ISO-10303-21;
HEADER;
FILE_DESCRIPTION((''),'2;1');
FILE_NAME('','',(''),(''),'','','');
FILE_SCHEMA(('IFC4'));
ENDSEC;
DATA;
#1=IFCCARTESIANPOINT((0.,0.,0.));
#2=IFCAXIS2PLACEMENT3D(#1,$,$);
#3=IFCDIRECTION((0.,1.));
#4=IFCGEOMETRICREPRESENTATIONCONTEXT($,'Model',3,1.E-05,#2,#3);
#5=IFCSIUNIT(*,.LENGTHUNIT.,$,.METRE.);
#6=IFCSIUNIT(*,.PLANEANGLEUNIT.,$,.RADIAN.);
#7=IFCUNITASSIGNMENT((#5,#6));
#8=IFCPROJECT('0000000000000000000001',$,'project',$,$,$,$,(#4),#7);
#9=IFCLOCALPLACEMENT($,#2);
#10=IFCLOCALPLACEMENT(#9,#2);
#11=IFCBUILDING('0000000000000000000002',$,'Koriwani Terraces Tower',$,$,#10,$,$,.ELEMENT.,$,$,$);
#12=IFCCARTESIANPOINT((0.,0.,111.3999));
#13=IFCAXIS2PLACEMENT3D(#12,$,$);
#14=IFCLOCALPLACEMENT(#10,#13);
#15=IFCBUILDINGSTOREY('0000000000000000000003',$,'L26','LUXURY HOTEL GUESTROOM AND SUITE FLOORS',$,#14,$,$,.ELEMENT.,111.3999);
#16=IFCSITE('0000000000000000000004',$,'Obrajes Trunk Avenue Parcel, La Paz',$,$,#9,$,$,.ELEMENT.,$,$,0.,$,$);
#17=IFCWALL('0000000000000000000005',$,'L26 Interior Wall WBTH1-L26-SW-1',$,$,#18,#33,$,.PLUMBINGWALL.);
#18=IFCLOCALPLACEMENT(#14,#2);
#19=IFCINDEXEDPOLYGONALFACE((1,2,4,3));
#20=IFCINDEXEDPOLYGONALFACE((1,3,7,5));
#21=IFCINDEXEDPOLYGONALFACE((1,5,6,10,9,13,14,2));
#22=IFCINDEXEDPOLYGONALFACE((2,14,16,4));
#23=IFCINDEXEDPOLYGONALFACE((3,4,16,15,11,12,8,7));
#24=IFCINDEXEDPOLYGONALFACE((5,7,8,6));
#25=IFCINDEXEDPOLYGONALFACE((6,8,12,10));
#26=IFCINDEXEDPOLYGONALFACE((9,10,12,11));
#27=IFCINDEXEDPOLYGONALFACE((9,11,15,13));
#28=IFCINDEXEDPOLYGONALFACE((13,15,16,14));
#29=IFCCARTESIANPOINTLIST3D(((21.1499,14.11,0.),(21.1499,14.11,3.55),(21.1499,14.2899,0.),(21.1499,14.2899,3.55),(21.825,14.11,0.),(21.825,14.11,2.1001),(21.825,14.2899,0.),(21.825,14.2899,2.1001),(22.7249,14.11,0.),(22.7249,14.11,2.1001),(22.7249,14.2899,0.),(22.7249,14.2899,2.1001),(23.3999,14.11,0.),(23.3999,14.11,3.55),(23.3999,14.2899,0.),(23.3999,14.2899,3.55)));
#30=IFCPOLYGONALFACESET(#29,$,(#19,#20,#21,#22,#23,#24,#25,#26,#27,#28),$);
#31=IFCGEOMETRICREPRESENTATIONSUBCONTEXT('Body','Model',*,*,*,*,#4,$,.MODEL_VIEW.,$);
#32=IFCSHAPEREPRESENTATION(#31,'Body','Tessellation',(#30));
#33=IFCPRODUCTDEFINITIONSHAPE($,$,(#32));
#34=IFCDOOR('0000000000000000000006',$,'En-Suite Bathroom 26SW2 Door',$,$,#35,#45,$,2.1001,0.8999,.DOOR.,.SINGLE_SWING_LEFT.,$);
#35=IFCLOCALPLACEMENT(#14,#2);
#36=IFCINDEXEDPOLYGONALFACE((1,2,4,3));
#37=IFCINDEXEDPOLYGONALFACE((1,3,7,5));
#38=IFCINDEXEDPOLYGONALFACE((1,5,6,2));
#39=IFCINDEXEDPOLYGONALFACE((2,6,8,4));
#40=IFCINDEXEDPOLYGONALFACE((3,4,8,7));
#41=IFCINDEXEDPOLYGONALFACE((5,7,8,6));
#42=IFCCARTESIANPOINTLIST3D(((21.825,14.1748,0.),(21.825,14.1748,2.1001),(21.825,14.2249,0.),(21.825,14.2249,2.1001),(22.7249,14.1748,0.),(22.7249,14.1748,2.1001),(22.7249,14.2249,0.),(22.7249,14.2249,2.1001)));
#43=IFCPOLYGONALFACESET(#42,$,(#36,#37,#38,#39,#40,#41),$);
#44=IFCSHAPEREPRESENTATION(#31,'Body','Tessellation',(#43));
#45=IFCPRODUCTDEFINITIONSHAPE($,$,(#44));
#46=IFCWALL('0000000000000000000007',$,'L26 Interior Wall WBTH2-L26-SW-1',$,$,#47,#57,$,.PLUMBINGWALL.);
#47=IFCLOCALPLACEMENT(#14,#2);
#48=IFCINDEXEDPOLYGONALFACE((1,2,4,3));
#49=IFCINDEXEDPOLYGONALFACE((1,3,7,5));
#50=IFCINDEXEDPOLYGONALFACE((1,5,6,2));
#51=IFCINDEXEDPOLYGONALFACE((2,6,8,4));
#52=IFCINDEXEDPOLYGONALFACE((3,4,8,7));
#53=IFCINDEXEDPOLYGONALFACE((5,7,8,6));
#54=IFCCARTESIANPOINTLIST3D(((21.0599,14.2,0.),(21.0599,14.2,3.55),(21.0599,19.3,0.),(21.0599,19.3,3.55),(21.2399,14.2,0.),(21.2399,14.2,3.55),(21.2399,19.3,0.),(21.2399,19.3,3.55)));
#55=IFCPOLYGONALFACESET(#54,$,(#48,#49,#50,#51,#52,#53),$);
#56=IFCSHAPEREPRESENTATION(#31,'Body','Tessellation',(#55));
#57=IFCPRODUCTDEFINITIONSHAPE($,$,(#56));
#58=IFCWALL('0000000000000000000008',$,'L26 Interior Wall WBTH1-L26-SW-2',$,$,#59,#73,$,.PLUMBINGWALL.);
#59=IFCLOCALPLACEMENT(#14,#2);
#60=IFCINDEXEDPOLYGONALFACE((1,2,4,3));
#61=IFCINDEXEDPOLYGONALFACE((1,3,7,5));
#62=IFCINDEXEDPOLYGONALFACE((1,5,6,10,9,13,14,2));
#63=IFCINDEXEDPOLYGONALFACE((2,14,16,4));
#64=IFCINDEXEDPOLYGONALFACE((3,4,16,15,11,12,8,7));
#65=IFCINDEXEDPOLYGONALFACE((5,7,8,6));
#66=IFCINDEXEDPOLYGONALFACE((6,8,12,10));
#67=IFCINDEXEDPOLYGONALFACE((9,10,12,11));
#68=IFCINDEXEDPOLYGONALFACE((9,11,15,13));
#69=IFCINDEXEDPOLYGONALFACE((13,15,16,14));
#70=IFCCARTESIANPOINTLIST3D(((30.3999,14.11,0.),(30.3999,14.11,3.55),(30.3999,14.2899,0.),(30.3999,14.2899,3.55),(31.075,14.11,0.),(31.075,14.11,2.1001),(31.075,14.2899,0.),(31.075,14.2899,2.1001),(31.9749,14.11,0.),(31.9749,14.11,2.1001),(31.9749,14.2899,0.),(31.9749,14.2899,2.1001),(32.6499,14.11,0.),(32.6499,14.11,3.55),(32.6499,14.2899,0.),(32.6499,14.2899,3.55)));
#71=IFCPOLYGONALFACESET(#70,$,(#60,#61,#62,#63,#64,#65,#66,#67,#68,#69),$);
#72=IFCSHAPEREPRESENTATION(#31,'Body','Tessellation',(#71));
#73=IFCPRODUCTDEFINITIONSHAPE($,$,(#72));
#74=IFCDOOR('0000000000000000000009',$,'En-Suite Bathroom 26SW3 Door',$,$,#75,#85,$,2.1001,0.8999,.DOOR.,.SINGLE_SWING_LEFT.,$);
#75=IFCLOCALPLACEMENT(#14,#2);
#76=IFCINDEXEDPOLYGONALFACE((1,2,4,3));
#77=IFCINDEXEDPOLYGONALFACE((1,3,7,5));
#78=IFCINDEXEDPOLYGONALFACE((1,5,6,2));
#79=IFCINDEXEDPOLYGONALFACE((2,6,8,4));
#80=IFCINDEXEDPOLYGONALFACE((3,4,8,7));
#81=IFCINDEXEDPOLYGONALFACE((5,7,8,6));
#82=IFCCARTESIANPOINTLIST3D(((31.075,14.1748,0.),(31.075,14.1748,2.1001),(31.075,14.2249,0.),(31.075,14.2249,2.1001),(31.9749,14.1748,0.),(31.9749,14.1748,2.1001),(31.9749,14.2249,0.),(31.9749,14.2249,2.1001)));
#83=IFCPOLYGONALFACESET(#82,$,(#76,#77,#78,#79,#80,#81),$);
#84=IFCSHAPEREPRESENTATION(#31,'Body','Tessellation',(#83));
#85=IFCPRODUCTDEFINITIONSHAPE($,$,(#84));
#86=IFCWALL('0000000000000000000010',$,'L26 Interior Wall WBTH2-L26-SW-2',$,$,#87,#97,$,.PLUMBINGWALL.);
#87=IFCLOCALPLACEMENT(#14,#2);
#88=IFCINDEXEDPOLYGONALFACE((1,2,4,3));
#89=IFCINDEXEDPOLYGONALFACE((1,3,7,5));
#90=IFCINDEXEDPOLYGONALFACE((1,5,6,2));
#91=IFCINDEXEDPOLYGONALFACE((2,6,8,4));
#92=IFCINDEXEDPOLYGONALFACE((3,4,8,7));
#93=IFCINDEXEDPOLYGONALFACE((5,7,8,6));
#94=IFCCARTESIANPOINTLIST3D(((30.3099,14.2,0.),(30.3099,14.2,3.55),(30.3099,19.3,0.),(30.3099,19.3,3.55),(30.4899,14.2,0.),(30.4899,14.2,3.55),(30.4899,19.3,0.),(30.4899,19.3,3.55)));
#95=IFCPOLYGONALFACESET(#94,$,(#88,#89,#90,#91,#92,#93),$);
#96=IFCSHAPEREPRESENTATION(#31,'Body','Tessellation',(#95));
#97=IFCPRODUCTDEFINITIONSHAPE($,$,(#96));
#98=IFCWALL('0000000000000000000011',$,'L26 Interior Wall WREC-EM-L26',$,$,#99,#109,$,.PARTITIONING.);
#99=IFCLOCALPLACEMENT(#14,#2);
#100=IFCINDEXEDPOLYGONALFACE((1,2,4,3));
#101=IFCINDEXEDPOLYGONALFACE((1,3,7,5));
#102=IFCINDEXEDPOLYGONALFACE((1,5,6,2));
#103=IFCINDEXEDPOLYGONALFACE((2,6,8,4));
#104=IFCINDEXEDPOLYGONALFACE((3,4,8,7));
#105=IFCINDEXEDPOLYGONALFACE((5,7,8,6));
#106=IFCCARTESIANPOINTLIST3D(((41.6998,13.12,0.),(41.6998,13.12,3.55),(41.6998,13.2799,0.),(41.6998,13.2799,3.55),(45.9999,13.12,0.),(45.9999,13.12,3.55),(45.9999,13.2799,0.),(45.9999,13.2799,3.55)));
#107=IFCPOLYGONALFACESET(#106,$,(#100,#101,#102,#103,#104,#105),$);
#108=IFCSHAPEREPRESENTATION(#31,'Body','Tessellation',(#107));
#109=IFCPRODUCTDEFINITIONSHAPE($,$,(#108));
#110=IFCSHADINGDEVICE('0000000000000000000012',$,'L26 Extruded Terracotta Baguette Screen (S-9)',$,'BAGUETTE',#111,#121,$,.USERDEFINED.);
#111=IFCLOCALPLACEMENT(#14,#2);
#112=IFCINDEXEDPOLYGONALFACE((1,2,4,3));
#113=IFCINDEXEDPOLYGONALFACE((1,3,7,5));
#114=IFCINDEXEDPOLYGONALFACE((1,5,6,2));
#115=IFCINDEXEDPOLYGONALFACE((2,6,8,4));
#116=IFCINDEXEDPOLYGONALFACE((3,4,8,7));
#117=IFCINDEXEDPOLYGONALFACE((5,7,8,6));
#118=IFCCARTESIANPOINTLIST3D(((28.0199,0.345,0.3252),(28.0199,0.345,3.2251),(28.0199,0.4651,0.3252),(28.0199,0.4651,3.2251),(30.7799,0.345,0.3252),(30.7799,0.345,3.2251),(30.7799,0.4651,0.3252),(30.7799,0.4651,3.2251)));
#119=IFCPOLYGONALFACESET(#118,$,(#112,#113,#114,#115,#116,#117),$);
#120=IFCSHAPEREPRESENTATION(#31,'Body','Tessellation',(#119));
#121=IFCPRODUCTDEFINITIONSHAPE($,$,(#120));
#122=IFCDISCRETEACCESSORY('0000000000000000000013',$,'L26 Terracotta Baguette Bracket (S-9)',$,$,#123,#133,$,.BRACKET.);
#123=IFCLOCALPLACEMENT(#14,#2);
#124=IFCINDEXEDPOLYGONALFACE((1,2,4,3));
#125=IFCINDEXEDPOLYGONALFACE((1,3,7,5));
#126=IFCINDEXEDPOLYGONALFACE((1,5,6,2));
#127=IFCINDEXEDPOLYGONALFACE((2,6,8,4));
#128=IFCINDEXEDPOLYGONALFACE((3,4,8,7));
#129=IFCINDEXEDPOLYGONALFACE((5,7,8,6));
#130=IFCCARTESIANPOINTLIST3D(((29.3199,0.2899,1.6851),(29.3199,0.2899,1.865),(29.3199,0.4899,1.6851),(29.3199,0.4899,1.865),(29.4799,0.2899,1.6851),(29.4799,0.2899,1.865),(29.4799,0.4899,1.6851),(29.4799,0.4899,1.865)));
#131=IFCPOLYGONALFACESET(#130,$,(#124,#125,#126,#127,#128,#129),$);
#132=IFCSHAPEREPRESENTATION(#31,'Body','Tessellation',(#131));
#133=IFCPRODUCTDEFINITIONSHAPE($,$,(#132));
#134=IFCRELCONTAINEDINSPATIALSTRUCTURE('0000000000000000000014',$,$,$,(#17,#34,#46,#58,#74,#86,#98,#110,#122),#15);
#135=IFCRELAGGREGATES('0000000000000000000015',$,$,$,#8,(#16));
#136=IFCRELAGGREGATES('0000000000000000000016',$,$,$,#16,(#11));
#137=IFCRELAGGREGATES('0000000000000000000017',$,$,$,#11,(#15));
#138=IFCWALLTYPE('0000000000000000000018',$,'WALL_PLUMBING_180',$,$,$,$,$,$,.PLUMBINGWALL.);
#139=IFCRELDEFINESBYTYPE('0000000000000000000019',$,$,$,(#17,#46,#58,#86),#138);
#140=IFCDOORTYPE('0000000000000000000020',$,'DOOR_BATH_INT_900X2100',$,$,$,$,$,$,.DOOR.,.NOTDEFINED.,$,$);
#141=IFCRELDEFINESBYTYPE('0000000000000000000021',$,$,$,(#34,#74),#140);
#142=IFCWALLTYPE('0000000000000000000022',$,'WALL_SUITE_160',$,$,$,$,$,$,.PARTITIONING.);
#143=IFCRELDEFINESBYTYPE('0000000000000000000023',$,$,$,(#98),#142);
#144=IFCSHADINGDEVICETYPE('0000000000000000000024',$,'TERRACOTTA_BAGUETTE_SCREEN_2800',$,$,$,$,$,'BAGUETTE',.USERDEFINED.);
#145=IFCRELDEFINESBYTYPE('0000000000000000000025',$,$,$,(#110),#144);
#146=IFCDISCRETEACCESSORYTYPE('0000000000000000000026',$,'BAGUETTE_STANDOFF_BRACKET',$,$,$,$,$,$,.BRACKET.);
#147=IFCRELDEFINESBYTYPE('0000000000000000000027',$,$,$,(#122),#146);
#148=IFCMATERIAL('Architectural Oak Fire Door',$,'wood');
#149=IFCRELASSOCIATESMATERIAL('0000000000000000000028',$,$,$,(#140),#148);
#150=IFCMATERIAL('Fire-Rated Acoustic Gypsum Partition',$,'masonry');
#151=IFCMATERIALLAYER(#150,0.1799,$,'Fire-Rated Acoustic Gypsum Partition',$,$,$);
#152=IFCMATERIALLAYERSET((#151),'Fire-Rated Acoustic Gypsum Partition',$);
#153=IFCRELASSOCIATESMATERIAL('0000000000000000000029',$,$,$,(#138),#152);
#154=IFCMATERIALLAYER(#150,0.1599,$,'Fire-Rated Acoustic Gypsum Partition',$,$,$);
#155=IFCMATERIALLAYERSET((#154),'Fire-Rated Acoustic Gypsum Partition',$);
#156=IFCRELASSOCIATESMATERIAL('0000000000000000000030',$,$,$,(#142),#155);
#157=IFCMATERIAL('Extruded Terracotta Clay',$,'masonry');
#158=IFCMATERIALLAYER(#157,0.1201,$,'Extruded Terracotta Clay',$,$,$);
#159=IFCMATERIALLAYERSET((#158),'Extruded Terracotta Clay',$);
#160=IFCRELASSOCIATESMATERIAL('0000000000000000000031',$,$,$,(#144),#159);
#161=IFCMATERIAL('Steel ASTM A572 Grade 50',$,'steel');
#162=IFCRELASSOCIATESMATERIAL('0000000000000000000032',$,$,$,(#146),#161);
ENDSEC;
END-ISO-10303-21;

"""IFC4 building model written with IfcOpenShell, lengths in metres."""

from ifc_helpers import new_model, si_unit, direction, frame, frame_2d, origin, origin_2d, place, context, subcontext, project, spatial, rectangle, extrude, material, layer, layer_set, type_object, element, fill, save


model = new_model("IFC4")

# Units and contexts
model_context = context("Model", 3, precision=1e-05, world=origin(), true_north=direction((0.0, 1.0)))
body_context = subcontext(model_context, "Body", "Model", "MODEL_VIEW")
ifc_project = project(units=[si_unit("LENGTHUNIT", "METRE"), si_unit("PLANEANGLEUNIT", "RADIAN")], contexts=[model_context])

# Site, building, storey
site_placement = place(None, origin())
site = spatial("IfcSite", under=ifc_project, at=site_placement, Name="Obrajes Trunk Avenue Parcel, La Paz", CompositionType="ELEMENT", RefElevation=0.0)
building_placement = place(site_placement, origin())
building = spatial("IfcBuilding", under=site, at=building_placement, Name="Koriwani Terraces Tower", CompositionType="ELEMENT")
storey_placement = place(building_placement, frame((0.0, 0.0, 111.3999)))
storey = spatial("IfcBuildingStorey", under=building, at=storey_placement, Name="L26", Description="LUXURY HOTEL GUESTROOM AND SUITE FLOORS", CompositionType="ELEMENT", Elevation=111.3999)

# Shared definitions
ifc_material_1 = material(Name="Steel ASTM A572 Grade 50", Category="steel")

# Shared definitions
ifc_material_2 = material(Name="Architectural Oak Fire Door", Category="wood")
door_type_1 = type_object("IfcDoorType", Name="DOOR_BATH_INT_900X2100", OperationType="NOTDEFINED", PredefinedType="DOOR", material=ifc_material_2)

# Wall, opening, door
ifc_material_3 = material(Name="Fire-Rated Acoustic Gypsum Partition", Category="masonry")
ifc_layer_1 = layer(ifc_material_3, 0.1799, Name="Fire-Rated Acoustic Gypsum Partition")
ifc_layer_set_1 = layer_set([ifc_layer_1], Name="Fire-Rated Acoustic Gypsum Partition")
wall_type_1 = type_object("IfcWallType", Name="WALL_PLUMBING_180", PredefinedType="PLUMBINGWALL", material=ifc_layer_set_1)
wall_1_placement = place(storey_placement, frame((21.1499, 14.2, 0.0), z_axis=(0.0, 0.0, 1.0), x_axis=(1.0, 0.0, 0.0)))
wall_1 = element("IfcWall", 1, at=wall_1_placement, inside=storey, type_object=wall_type_1, Name="L26 Interior Wall WBTH1-L26-SW-1", PredefinedType="PLUMBINGWALL", context=body_context, shape_type="SweptSolid", body=[
    extrude(rectangle(XDim=2.25, YDim=0.1799, at=frame_2d((1.125, 0.0))), origin(), (0.0, 0.0, 1.0), 3.55),
])
opening_1_placement = place(wall_1_placement, frame((0.675, 0.0, 0.0)))
opening_1 = element("IfcOpeningElement", 2, at=opening_1_placement, cuts=wall_1, PredefinedType="OPENING", context=body_context, shape_type="SweptSolid", body=[
    extrude(rectangle(XDim=0.8999, YDim=2.1001, at=frame_2d((0.45, 1.05))), frame((0.0, 0.1001, 0.0), z_axis=(0.0, -1.0, 0.0), x_axis=(1.0, 0.0, 0.0)), (0.0, 0.0, 1.0), 0.2),
])
door_1_placement = place(opening_1_placement, origin())
door_1 = element("IfcDoor", 3, at=door_1_placement, inside=storey, type_object=door_type_1, Name="En-Suite Bathroom 26SW2 Door", OperationType="SINGLE_SWING_LEFT", OverallHeight=2.1001, OverallWidth=0.8999, PredefinedType="DOOR", context=body_context, shape_type="SweptSolid", body=[
    extrude(rectangle(XDim=0.8999, YDim=2.1001, at=frame_2d((0.45, 1.05))), frame((0.0, 0.0249, 0.0), z_axis=(0.0, -1.0, 0.0), x_axis=(1.0, 0.0, 0.0)), (0.0, 0.0, 1.0), 0.05),
])
fill(opening_1, door_1)

# Wall
wall_2_placement = place(storey_placement, frame((21.1499, 14.2, 0.0), z_axis=(0.0, 0.0, 1.0), x_axis=(0.0, 1.0, 0.0)))
element("IfcWall", 4, at=wall_2_placement, inside=storey, type_object=wall_type_1, Name="L26 Interior Wall WBTH2-L26-SW-1", PredefinedType="PLUMBINGWALL", context=body_context, shape_type="SweptSolid", body=[
    extrude(rectangle(XDim=5.1001, YDim=0.1799, at=frame_2d((2.55, 0.0))), origin(), (0.0, 0.0, 1.0), 3.55),
])

# Wall, opening, door
wall_3_placement = place(storey_placement, frame((30.3999, 14.2, 0.0), z_axis=(0.0, 0.0, 1.0), x_axis=(1.0, 0.0, 0.0)))
wall_3 = element("IfcWall", 5, at=wall_3_placement, inside=storey, type_object=wall_type_1, Name="L26 Interior Wall WBTH1-L26-SW-2", PredefinedType="PLUMBINGWALL", context=body_context, shape_type="SweptSolid", body=[
    extrude(rectangle(XDim=2.25, YDim=0.1799, at=frame_2d((1.125, 0.0))), origin(), (0.0, 0.0, 1.0), 3.55),
])
opening_2_placement = place(wall_3_placement, frame((0.675, 0.0, 0.0)))
opening_2 = element("IfcOpeningElement", 6, at=opening_2_placement, cuts=wall_3, PredefinedType="OPENING", context=body_context, shape_type="SweptSolid", body=[
    extrude(rectangle(XDim=0.8999, YDim=2.1001, at=frame_2d((0.45, 1.05))), frame((0.0, 0.1001, 0.0), z_axis=(0.0, -1.0, 0.0), x_axis=(1.0, 0.0, 0.0)), (0.0, 0.0, 1.0), 0.2),
])
door_2_placement = place(opening_2_placement, origin())
door_2 = element("IfcDoor", 7, at=door_2_placement, inside=storey, type_object=door_type_1, Name="En-Suite Bathroom 26SW3 Door", OperationType="SINGLE_SWING_LEFT", OverallHeight=2.1001, OverallWidth=0.8999, PredefinedType="DOOR", context=body_context, shape_type="SweptSolid", body=[
    extrude(rectangle(XDim=0.8999, YDim=2.1001, at=frame_2d((0.45, 1.05))), frame((0.0, 0.0249, 0.0), z_axis=(0.0, -1.0, 0.0), x_axis=(1.0, 0.0, 0.0)), (0.0, 0.0, 1.0), 0.05),
])
fill(opening_2, door_2)

# Walls
wall_4_placement = place(storey_placement, frame((30.3999, 14.2, 0.0), z_axis=(0.0, 0.0, 1.0), x_axis=(0.0, 1.0, 0.0)))
element("IfcWall", 8, at=wall_4_placement, inside=storey, type_object=wall_type_1, Name="L26 Interior Wall WBTH2-L26-SW-2", PredefinedType="PLUMBINGWALL", context=body_context, shape_type="SweptSolid", body=[
    extrude(rectangle(XDim=5.1001, YDim=0.1799, at=frame_2d((2.55, 0.0))), origin(), (0.0, 0.0, 1.0), 3.55),
])
ifc_layer_2 = layer(ifc_material_3, 0.1599, Name="Fire-Rated Acoustic Gypsum Partition")
ifc_layer_set_2 = layer_set([ifc_layer_2], Name="Fire-Rated Acoustic Gypsum Partition")
wall_type_2 = type_object("IfcWallType", Name="WALL_SUITE_160", PredefinedType="PARTITIONING", material=ifc_layer_set_2)
wall_5_placement = place(storey_placement, frame((41.7, 13.2, 0.0), z_axis=(0.0, 0.0, 1.0), x_axis=(1.0, 0.0, 0.0)))
element("IfcWall", 9, at=wall_5_placement, inside=storey, type_object=wall_type_2, Name="L26 Interior Wall WREC-EM-L26", PredefinedType="PARTITIONING", context=body_context, shape_type="SweptSolid", body=[
    extrude(rectangle(XDim=4.3, YDim=0.1599, at=frame_2d((2.1499, 0.0))), origin(), (0.0, 0.0, 1.0), 3.55),
])

# Shading device
ifc_material_4 = material(Name="Extruded Terracotta Clay", Category="masonry")
ifc_layer_3 = layer(ifc_material_4, 0.1201, Name="Extruded Terracotta Clay")
ifc_layer_set_3 = layer_set([ifc_layer_3], Name="Extruded Terracotta Clay")
shading_device_type = type_object("IfcShadingDeviceType", Name="TERRACOTTA_BAGUETTE_SCREEN_2800", ElementType="BAGUETTE", PredefinedType="USERDEFINED", material=ifc_layer_set_3)
shading_device_placement = place(storey_placement, frame((29.3999, 0.405, 0.3252), z_axis=(0.0, 0.0, 1.0), x_axis=(-1.0, 0.0, 0.0)))
element("IfcShadingDevice", 10, at=shading_device_placement, inside=storey, type_object=shading_device_type, Name="L26 Extruded Terracotta Baguette Screen (S-9)", ObjectType="BAGUETTE", PredefinedType="USERDEFINED", context=body_context, shape_type="SweptSolid", body=[
    extrude(rectangle(XDim=2.76, YDim=0.1201, at=origin_2d()), origin(), (0.0, 0.0, 1.0), 2.8999),
])

# Discrete accessory
discrete_accessory_type = type_object("IfcDiscreteAccessoryType", Name="BAGUETTE_STANDOFF_BRACKET", PredefinedType="BRACKET", material=ifc_material_1)
discrete_accessory_placement = place(storey_placement, frame((29.3999, 0.3899, 1.6851), z_axis=(0.0, 0.0, 1.0), x_axis=(-1.0, 0.0, 0.0)))
element("IfcDiscreteAccessory", 11, at=discrete_accessory_placement, inside=storey, type_object=discrete_accessory_type, Name="L26 Terracotta Baguette Bracket (S-9)", PredefinedType="BRACKET", context=body_context, shape_type="SweptSolid", body=[
    extrude(rectangle(XDim=0.1599, YDim=0.2, at=origin_2d()), origin(), (0.0, 0.0, 1.0), 0.1799),
])

save(model, "model.ifc")
